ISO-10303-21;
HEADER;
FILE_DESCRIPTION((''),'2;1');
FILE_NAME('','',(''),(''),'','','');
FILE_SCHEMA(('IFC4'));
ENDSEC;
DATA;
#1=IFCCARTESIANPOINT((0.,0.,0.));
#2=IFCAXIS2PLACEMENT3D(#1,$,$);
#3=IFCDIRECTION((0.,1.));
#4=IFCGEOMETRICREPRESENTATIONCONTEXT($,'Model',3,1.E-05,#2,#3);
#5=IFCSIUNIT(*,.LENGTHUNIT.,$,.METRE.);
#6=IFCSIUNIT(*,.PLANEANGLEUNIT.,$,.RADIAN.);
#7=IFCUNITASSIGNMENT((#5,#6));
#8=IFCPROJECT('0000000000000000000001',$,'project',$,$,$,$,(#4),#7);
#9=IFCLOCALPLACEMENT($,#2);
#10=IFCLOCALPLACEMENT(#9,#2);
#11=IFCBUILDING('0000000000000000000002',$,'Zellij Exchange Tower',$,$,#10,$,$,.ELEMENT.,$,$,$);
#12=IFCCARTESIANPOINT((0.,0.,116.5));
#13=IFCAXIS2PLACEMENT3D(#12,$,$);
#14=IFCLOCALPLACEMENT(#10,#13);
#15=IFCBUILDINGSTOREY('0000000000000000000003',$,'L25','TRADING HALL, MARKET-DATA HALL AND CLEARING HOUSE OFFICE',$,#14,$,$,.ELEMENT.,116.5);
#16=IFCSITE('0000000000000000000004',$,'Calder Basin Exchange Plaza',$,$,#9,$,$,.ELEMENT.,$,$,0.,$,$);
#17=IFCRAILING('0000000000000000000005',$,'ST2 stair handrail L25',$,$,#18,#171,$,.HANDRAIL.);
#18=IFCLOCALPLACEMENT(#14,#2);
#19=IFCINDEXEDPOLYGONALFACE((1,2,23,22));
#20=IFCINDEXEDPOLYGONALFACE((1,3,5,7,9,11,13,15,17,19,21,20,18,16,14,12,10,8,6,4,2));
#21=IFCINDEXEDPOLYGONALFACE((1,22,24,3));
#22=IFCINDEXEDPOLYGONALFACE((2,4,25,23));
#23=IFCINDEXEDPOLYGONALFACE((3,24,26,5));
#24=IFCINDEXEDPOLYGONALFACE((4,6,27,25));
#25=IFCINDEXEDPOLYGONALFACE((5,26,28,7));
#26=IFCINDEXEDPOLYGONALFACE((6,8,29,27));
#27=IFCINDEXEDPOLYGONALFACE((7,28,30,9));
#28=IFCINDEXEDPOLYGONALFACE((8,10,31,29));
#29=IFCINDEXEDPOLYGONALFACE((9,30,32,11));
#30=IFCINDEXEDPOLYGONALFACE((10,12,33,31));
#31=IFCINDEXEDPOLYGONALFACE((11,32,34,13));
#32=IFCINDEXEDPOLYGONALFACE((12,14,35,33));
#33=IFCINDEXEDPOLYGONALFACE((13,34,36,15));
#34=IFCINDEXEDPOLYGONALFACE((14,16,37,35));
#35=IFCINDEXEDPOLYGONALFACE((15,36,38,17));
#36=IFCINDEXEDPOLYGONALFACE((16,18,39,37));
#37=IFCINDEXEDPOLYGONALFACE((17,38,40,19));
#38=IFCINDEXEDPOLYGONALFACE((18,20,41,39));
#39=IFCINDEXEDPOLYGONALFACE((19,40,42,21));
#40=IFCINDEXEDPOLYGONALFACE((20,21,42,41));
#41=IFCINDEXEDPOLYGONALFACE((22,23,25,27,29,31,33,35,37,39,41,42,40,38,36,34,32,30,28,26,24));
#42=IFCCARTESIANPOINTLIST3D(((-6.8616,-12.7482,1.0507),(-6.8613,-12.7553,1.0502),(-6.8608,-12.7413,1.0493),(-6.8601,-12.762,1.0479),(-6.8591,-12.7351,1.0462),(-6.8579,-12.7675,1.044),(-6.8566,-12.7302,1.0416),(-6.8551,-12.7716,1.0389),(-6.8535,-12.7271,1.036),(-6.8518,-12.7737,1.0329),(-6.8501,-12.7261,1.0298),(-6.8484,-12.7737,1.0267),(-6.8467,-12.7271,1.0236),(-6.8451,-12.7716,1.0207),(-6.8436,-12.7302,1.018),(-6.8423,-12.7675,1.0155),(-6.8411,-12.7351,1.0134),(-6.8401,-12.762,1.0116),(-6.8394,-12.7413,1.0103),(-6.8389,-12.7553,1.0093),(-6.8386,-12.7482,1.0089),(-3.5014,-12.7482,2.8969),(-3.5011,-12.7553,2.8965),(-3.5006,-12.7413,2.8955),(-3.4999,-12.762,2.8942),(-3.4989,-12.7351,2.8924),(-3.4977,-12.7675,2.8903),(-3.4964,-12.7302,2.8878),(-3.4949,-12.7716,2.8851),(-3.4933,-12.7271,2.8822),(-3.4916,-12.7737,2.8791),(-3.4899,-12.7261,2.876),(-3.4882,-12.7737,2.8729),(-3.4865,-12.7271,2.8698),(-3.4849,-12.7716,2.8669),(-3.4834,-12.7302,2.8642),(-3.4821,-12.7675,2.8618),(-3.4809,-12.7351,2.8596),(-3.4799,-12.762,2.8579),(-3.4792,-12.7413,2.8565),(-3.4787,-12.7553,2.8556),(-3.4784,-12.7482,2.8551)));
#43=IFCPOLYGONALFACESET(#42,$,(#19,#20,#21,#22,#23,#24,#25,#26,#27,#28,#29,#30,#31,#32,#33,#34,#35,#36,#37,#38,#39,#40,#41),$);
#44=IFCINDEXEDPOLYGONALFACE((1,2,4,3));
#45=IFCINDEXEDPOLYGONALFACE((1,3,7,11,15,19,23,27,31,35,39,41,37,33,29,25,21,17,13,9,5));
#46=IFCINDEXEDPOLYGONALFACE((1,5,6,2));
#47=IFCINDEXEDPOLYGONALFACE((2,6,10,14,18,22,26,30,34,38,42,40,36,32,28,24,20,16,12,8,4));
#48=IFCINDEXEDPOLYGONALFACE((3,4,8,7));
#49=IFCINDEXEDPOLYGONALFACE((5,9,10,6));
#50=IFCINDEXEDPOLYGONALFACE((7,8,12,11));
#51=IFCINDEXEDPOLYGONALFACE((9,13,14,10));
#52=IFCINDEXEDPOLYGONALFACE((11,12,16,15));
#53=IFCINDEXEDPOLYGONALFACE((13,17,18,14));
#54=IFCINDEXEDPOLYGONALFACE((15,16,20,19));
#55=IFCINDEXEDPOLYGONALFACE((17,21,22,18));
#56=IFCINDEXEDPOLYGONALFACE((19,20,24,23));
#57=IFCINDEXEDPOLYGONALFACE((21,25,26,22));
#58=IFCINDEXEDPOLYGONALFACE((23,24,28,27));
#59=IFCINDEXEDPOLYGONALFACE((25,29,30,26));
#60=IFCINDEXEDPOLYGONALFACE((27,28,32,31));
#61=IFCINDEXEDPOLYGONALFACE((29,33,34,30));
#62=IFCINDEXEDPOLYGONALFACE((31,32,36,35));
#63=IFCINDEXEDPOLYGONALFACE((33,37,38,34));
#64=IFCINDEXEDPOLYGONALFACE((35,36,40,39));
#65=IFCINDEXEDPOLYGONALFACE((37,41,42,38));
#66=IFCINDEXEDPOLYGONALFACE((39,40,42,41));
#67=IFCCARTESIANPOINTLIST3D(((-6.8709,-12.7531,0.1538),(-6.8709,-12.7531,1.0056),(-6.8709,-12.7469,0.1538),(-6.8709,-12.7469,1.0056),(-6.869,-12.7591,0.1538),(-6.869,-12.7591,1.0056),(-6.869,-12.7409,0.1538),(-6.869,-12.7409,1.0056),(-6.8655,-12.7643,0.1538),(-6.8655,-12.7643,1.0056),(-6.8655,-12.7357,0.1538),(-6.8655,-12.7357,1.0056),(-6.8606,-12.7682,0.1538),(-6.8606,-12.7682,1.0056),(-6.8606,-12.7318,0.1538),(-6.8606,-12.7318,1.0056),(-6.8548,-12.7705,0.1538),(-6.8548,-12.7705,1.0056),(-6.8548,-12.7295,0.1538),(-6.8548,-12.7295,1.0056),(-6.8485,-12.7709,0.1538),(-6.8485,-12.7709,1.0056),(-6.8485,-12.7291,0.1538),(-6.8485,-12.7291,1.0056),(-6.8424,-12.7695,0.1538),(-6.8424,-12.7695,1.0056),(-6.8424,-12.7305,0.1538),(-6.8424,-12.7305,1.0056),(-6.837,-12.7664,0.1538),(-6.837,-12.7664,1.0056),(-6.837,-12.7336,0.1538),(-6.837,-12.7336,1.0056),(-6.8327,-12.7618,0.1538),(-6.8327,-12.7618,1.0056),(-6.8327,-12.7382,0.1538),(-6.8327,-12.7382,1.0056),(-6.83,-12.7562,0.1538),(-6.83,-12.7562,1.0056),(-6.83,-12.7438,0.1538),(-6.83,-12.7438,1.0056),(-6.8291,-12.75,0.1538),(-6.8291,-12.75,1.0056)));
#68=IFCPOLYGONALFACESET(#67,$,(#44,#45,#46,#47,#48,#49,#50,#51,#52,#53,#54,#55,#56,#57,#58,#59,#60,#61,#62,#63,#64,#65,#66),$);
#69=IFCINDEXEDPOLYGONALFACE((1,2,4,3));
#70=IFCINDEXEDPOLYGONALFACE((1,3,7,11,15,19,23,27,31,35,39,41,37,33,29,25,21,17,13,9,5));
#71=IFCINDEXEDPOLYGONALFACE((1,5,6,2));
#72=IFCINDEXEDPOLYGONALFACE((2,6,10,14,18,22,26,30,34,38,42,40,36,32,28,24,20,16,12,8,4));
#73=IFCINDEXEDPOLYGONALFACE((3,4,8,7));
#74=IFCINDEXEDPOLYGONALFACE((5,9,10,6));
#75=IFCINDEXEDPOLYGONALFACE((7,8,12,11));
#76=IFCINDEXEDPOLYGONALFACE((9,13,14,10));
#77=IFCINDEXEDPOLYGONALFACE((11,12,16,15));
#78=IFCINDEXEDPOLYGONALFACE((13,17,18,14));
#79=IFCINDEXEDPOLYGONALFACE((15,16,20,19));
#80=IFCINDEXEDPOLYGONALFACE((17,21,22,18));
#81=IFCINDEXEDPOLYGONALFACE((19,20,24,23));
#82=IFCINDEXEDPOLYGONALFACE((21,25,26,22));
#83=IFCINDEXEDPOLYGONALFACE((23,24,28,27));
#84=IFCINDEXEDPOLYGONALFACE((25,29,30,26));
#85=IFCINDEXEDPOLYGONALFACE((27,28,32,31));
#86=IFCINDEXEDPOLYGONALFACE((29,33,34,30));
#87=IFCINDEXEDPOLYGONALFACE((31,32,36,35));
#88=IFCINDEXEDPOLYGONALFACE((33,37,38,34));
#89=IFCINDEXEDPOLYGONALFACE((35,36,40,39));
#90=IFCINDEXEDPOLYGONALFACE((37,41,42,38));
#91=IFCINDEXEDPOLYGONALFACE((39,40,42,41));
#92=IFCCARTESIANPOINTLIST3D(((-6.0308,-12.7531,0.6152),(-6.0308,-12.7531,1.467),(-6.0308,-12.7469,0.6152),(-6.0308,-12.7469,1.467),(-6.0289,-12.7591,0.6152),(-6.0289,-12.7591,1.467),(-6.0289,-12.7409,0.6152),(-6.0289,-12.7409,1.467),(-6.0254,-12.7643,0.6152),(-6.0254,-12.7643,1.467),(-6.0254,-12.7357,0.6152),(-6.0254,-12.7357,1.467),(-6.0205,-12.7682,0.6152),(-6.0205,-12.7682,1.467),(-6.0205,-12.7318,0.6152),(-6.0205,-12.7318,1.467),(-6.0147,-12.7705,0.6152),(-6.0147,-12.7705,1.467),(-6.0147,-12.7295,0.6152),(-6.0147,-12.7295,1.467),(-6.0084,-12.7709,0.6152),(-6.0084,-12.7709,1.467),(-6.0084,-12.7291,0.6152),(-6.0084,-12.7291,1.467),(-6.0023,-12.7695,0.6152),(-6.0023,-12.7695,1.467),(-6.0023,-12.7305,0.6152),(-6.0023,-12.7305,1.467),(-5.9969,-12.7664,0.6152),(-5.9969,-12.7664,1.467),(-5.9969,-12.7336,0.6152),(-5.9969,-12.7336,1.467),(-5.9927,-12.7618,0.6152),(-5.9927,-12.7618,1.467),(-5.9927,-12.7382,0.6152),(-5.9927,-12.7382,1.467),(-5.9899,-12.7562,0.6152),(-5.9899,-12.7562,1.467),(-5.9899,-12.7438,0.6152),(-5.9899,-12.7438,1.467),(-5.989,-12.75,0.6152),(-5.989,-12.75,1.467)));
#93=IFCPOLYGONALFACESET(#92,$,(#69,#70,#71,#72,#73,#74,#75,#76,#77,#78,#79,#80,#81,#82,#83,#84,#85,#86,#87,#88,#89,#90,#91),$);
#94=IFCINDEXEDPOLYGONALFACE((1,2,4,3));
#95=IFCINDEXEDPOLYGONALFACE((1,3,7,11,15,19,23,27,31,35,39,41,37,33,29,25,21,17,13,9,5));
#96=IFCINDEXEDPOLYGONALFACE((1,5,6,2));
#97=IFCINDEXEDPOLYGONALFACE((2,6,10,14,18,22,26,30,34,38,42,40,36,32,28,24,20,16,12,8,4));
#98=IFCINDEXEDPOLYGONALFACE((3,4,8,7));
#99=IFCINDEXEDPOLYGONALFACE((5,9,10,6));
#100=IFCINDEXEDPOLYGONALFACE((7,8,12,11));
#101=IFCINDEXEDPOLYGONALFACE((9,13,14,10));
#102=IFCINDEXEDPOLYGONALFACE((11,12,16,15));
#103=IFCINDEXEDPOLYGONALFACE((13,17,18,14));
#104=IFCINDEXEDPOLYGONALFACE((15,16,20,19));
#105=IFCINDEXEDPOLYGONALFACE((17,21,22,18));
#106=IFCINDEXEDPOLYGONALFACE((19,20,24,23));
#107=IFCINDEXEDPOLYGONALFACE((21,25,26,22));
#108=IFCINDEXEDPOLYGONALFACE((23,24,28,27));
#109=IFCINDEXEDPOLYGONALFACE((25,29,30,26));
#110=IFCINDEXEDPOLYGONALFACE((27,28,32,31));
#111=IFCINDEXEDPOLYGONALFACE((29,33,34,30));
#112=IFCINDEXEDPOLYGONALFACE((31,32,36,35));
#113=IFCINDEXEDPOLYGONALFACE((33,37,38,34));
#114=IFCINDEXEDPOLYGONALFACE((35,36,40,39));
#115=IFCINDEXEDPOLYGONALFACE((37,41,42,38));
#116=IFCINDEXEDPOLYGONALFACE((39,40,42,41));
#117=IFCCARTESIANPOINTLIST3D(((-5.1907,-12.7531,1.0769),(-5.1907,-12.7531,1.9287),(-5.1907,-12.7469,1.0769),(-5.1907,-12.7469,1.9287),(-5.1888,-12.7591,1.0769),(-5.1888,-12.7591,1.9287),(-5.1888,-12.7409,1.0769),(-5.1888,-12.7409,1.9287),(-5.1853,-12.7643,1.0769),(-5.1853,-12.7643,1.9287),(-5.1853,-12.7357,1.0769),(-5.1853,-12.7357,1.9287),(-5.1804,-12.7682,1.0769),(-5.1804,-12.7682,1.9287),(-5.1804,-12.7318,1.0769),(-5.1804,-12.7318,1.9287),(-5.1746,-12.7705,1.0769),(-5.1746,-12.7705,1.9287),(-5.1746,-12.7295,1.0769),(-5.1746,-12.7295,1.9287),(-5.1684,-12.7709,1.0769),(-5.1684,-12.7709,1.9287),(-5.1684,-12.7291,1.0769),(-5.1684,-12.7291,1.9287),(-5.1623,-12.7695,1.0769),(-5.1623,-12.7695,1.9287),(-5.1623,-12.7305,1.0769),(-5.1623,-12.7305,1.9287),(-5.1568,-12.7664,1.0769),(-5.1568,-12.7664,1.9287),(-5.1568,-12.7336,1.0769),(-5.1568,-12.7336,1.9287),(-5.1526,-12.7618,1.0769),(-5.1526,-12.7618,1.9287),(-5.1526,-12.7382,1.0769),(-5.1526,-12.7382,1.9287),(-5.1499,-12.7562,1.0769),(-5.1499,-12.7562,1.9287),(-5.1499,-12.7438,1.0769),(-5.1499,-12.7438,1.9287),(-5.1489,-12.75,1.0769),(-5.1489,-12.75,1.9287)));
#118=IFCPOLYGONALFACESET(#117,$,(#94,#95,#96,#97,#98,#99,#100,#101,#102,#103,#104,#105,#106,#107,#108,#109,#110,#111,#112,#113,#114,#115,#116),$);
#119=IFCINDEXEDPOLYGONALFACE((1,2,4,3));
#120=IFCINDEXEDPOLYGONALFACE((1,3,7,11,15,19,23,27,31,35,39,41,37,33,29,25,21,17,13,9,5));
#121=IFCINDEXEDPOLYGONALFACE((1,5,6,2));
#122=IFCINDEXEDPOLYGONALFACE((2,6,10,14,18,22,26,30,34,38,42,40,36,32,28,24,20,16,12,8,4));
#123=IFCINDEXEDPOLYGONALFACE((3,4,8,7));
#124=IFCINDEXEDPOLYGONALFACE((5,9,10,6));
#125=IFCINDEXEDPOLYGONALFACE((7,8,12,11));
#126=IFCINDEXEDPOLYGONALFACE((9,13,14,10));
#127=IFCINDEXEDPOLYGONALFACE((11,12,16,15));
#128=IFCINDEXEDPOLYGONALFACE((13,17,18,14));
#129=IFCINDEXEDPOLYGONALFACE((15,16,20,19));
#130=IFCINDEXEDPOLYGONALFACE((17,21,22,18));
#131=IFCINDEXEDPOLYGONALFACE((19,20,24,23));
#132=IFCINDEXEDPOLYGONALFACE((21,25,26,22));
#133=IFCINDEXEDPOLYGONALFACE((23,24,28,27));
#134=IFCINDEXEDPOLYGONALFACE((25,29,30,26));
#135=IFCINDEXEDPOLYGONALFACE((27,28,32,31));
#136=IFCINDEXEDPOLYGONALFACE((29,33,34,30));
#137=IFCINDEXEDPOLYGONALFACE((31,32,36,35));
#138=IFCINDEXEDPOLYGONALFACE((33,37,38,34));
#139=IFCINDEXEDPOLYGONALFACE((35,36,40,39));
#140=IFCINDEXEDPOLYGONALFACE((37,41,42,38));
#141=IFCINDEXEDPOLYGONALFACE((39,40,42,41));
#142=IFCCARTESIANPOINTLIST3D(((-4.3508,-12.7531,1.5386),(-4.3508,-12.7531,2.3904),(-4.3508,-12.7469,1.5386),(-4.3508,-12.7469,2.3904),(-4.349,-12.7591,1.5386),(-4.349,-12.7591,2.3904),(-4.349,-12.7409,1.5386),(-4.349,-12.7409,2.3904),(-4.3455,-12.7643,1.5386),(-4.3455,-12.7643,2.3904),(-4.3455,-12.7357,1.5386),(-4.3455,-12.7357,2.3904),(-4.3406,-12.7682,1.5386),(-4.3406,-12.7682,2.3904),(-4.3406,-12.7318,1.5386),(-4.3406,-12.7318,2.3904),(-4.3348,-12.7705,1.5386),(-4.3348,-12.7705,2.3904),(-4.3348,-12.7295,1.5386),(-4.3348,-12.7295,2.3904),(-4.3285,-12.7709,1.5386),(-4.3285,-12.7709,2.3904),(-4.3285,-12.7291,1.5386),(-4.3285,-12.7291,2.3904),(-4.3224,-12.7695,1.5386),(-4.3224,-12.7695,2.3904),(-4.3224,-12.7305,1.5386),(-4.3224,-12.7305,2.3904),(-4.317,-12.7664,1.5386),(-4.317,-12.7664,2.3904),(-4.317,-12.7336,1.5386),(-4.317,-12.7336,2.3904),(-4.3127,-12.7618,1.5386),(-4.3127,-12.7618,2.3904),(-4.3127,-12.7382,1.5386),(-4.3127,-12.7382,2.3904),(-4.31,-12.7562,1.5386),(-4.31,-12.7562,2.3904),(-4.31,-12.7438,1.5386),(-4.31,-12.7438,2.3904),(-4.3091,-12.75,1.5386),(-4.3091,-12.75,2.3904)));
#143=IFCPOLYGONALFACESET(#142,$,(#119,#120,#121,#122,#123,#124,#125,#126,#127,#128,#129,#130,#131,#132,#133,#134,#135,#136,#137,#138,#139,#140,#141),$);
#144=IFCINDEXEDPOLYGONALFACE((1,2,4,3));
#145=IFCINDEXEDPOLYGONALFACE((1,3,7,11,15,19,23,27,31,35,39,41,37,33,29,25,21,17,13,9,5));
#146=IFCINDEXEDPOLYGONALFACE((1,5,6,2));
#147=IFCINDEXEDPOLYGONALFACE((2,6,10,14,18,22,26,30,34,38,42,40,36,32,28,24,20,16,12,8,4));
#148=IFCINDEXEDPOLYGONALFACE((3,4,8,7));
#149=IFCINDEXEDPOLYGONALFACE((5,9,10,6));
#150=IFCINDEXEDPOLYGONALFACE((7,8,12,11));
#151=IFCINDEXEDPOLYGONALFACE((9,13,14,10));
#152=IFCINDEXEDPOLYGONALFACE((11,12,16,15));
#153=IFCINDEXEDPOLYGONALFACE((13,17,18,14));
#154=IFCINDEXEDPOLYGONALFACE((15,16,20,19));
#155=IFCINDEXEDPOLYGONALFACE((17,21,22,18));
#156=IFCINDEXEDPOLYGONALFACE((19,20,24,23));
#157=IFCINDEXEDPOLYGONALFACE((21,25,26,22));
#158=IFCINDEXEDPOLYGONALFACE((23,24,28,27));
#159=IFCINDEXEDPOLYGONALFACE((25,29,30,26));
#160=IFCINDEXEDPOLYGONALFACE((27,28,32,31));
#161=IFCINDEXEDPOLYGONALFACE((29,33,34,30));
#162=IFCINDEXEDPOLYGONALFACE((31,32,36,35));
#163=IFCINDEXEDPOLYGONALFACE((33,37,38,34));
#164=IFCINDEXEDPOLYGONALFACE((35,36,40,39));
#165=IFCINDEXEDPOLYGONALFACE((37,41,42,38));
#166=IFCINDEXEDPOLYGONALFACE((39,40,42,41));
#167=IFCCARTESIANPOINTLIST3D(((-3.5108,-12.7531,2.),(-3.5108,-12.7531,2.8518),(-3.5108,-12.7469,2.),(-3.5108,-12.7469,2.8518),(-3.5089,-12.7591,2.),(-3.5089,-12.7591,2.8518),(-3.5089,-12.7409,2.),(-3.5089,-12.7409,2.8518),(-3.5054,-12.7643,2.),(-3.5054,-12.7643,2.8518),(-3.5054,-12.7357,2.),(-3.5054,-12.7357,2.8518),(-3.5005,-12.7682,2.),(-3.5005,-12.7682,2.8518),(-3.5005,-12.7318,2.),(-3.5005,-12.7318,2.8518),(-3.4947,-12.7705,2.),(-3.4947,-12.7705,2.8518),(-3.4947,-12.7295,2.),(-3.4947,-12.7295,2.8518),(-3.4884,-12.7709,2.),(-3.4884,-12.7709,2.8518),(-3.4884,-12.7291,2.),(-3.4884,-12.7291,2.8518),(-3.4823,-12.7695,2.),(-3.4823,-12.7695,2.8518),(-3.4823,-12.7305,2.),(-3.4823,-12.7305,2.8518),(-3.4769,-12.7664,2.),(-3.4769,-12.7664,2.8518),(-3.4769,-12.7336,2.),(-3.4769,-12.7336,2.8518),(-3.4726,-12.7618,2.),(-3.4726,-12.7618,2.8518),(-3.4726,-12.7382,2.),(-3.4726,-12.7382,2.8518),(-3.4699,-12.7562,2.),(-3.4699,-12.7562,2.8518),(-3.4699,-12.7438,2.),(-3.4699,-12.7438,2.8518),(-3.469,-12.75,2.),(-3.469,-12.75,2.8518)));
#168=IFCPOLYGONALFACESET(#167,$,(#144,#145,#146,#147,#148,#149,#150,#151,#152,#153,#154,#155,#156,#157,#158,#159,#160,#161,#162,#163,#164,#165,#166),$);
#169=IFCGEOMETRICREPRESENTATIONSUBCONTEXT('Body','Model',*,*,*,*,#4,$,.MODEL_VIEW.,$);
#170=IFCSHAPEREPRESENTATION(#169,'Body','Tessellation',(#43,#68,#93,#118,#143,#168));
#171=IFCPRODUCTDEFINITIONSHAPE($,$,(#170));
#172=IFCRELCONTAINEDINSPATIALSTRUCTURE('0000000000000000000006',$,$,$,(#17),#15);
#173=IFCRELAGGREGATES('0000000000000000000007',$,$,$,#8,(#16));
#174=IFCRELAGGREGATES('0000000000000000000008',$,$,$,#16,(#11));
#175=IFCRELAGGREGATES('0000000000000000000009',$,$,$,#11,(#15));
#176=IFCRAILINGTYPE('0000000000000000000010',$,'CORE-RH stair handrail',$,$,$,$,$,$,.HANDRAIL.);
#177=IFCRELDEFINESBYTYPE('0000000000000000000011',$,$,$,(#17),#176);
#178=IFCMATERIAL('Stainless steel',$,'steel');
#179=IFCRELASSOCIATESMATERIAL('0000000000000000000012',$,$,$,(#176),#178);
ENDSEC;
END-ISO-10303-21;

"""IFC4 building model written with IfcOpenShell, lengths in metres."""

from ifc_helpers import new_model, si_unit, direction, frame, origin, origin_2d, place, context, subcontext, project, spatial, circle, extrude, material, type_object, element, save


model = new_model("IFC4")

# Units and contexts
model_context = context("Model", 3, precision=1e-05, world=origin(), true_north=direction((0.0, 1.0)))
body_context = subcontext(model_context, "Body", "Model", "MODEL_VIEW")
ifc_project = project(units=[si_unit("LENGTHUNIT", "METRE"), si_unit("PLANEANGLEUNIT", "RADIAN")], contexts=[model_context])

# Site, building, storey
site_placement = place(None, origin())
site = spatial("IfcSite", under=ifc_project, at=site_placement, Name="Calder Basin Exchange Plaza", CompositionType="ELEMENT", RefElevation=0.0)
building_placement = place(site_placement, origin())
building = spatial("IfcBuilding", under=site, at=building_placement, Name="Zellij Exchange Tower", CompositionType="ELEMENT")
storey_placement = place(building_placement, frame((0.0, 0.0, 116.5)))
storey = spatial("IfcBuildingStorey", under=building, at=storey_placement, Name="L25", Description="TRADING HALL, MARKET-DATA HALL AND CLEARING HOUSE OFFICE", CompositionType="ELEMENT", Elevation=116.5)

# Railing
ifc_material_1 = material(Name="Stainless steel", Category="steel")
railing_type_1 = type_object("IfcRailingType", Name="CORE-RH stair handrail", PredefinedType="HANDRAIL", material=ifc_material_1)
railing_1_placement = place(storey_placement, frame((-6.8501, -12.75, 0.1538)))
element("IfcRailing", 1, at=railing_1_placement, inside=storey, type_object=railing_type_1, Name="ST2 stair handrail L25", PredefinedType="HANDRAIL", context=body_context, shape_type="SweptSolid", body=[
    extrude(circle(Radius=0.0239, at=origin_2d()), frame((0.0, 0.0, 0.876), z_axis=(0.876422, 0.0, 0.481545), x_axis=(0.0, 1.0, 0.0)), (0.0, 0.0, 1.0), 3.834),
    extrude(circle(Radius=0.021, at=origin_2d()), origin(), (0.0, 0.0, 1.0), 0.8518),
    extrude(circle(Radius=0.021, at=origin_2d()), frame((0.8401, 0.0, 0.4614)), (0.0, 0.0, 1.0), 0.8518),
    extrude(circle(Radius=0.021, at=origin_2d()), frame((1.6802, 0.0, 0.9231)), (0.0, 0.0, 1.0), 0.8518),
    extrude(circle(Radius=0.021, at=origin_2d()), frame((2.52, 0.0, 1.3848)), (0.0, 0.0, 1.0), 0.8518),
    extrude(circle(Radius=0.021, at=origin_2d()), frame((3.3601, 0.0, 1.8462)), (0.0, 0.0, 1.0), 0.8518),
])

save(model, "model.ifc")
